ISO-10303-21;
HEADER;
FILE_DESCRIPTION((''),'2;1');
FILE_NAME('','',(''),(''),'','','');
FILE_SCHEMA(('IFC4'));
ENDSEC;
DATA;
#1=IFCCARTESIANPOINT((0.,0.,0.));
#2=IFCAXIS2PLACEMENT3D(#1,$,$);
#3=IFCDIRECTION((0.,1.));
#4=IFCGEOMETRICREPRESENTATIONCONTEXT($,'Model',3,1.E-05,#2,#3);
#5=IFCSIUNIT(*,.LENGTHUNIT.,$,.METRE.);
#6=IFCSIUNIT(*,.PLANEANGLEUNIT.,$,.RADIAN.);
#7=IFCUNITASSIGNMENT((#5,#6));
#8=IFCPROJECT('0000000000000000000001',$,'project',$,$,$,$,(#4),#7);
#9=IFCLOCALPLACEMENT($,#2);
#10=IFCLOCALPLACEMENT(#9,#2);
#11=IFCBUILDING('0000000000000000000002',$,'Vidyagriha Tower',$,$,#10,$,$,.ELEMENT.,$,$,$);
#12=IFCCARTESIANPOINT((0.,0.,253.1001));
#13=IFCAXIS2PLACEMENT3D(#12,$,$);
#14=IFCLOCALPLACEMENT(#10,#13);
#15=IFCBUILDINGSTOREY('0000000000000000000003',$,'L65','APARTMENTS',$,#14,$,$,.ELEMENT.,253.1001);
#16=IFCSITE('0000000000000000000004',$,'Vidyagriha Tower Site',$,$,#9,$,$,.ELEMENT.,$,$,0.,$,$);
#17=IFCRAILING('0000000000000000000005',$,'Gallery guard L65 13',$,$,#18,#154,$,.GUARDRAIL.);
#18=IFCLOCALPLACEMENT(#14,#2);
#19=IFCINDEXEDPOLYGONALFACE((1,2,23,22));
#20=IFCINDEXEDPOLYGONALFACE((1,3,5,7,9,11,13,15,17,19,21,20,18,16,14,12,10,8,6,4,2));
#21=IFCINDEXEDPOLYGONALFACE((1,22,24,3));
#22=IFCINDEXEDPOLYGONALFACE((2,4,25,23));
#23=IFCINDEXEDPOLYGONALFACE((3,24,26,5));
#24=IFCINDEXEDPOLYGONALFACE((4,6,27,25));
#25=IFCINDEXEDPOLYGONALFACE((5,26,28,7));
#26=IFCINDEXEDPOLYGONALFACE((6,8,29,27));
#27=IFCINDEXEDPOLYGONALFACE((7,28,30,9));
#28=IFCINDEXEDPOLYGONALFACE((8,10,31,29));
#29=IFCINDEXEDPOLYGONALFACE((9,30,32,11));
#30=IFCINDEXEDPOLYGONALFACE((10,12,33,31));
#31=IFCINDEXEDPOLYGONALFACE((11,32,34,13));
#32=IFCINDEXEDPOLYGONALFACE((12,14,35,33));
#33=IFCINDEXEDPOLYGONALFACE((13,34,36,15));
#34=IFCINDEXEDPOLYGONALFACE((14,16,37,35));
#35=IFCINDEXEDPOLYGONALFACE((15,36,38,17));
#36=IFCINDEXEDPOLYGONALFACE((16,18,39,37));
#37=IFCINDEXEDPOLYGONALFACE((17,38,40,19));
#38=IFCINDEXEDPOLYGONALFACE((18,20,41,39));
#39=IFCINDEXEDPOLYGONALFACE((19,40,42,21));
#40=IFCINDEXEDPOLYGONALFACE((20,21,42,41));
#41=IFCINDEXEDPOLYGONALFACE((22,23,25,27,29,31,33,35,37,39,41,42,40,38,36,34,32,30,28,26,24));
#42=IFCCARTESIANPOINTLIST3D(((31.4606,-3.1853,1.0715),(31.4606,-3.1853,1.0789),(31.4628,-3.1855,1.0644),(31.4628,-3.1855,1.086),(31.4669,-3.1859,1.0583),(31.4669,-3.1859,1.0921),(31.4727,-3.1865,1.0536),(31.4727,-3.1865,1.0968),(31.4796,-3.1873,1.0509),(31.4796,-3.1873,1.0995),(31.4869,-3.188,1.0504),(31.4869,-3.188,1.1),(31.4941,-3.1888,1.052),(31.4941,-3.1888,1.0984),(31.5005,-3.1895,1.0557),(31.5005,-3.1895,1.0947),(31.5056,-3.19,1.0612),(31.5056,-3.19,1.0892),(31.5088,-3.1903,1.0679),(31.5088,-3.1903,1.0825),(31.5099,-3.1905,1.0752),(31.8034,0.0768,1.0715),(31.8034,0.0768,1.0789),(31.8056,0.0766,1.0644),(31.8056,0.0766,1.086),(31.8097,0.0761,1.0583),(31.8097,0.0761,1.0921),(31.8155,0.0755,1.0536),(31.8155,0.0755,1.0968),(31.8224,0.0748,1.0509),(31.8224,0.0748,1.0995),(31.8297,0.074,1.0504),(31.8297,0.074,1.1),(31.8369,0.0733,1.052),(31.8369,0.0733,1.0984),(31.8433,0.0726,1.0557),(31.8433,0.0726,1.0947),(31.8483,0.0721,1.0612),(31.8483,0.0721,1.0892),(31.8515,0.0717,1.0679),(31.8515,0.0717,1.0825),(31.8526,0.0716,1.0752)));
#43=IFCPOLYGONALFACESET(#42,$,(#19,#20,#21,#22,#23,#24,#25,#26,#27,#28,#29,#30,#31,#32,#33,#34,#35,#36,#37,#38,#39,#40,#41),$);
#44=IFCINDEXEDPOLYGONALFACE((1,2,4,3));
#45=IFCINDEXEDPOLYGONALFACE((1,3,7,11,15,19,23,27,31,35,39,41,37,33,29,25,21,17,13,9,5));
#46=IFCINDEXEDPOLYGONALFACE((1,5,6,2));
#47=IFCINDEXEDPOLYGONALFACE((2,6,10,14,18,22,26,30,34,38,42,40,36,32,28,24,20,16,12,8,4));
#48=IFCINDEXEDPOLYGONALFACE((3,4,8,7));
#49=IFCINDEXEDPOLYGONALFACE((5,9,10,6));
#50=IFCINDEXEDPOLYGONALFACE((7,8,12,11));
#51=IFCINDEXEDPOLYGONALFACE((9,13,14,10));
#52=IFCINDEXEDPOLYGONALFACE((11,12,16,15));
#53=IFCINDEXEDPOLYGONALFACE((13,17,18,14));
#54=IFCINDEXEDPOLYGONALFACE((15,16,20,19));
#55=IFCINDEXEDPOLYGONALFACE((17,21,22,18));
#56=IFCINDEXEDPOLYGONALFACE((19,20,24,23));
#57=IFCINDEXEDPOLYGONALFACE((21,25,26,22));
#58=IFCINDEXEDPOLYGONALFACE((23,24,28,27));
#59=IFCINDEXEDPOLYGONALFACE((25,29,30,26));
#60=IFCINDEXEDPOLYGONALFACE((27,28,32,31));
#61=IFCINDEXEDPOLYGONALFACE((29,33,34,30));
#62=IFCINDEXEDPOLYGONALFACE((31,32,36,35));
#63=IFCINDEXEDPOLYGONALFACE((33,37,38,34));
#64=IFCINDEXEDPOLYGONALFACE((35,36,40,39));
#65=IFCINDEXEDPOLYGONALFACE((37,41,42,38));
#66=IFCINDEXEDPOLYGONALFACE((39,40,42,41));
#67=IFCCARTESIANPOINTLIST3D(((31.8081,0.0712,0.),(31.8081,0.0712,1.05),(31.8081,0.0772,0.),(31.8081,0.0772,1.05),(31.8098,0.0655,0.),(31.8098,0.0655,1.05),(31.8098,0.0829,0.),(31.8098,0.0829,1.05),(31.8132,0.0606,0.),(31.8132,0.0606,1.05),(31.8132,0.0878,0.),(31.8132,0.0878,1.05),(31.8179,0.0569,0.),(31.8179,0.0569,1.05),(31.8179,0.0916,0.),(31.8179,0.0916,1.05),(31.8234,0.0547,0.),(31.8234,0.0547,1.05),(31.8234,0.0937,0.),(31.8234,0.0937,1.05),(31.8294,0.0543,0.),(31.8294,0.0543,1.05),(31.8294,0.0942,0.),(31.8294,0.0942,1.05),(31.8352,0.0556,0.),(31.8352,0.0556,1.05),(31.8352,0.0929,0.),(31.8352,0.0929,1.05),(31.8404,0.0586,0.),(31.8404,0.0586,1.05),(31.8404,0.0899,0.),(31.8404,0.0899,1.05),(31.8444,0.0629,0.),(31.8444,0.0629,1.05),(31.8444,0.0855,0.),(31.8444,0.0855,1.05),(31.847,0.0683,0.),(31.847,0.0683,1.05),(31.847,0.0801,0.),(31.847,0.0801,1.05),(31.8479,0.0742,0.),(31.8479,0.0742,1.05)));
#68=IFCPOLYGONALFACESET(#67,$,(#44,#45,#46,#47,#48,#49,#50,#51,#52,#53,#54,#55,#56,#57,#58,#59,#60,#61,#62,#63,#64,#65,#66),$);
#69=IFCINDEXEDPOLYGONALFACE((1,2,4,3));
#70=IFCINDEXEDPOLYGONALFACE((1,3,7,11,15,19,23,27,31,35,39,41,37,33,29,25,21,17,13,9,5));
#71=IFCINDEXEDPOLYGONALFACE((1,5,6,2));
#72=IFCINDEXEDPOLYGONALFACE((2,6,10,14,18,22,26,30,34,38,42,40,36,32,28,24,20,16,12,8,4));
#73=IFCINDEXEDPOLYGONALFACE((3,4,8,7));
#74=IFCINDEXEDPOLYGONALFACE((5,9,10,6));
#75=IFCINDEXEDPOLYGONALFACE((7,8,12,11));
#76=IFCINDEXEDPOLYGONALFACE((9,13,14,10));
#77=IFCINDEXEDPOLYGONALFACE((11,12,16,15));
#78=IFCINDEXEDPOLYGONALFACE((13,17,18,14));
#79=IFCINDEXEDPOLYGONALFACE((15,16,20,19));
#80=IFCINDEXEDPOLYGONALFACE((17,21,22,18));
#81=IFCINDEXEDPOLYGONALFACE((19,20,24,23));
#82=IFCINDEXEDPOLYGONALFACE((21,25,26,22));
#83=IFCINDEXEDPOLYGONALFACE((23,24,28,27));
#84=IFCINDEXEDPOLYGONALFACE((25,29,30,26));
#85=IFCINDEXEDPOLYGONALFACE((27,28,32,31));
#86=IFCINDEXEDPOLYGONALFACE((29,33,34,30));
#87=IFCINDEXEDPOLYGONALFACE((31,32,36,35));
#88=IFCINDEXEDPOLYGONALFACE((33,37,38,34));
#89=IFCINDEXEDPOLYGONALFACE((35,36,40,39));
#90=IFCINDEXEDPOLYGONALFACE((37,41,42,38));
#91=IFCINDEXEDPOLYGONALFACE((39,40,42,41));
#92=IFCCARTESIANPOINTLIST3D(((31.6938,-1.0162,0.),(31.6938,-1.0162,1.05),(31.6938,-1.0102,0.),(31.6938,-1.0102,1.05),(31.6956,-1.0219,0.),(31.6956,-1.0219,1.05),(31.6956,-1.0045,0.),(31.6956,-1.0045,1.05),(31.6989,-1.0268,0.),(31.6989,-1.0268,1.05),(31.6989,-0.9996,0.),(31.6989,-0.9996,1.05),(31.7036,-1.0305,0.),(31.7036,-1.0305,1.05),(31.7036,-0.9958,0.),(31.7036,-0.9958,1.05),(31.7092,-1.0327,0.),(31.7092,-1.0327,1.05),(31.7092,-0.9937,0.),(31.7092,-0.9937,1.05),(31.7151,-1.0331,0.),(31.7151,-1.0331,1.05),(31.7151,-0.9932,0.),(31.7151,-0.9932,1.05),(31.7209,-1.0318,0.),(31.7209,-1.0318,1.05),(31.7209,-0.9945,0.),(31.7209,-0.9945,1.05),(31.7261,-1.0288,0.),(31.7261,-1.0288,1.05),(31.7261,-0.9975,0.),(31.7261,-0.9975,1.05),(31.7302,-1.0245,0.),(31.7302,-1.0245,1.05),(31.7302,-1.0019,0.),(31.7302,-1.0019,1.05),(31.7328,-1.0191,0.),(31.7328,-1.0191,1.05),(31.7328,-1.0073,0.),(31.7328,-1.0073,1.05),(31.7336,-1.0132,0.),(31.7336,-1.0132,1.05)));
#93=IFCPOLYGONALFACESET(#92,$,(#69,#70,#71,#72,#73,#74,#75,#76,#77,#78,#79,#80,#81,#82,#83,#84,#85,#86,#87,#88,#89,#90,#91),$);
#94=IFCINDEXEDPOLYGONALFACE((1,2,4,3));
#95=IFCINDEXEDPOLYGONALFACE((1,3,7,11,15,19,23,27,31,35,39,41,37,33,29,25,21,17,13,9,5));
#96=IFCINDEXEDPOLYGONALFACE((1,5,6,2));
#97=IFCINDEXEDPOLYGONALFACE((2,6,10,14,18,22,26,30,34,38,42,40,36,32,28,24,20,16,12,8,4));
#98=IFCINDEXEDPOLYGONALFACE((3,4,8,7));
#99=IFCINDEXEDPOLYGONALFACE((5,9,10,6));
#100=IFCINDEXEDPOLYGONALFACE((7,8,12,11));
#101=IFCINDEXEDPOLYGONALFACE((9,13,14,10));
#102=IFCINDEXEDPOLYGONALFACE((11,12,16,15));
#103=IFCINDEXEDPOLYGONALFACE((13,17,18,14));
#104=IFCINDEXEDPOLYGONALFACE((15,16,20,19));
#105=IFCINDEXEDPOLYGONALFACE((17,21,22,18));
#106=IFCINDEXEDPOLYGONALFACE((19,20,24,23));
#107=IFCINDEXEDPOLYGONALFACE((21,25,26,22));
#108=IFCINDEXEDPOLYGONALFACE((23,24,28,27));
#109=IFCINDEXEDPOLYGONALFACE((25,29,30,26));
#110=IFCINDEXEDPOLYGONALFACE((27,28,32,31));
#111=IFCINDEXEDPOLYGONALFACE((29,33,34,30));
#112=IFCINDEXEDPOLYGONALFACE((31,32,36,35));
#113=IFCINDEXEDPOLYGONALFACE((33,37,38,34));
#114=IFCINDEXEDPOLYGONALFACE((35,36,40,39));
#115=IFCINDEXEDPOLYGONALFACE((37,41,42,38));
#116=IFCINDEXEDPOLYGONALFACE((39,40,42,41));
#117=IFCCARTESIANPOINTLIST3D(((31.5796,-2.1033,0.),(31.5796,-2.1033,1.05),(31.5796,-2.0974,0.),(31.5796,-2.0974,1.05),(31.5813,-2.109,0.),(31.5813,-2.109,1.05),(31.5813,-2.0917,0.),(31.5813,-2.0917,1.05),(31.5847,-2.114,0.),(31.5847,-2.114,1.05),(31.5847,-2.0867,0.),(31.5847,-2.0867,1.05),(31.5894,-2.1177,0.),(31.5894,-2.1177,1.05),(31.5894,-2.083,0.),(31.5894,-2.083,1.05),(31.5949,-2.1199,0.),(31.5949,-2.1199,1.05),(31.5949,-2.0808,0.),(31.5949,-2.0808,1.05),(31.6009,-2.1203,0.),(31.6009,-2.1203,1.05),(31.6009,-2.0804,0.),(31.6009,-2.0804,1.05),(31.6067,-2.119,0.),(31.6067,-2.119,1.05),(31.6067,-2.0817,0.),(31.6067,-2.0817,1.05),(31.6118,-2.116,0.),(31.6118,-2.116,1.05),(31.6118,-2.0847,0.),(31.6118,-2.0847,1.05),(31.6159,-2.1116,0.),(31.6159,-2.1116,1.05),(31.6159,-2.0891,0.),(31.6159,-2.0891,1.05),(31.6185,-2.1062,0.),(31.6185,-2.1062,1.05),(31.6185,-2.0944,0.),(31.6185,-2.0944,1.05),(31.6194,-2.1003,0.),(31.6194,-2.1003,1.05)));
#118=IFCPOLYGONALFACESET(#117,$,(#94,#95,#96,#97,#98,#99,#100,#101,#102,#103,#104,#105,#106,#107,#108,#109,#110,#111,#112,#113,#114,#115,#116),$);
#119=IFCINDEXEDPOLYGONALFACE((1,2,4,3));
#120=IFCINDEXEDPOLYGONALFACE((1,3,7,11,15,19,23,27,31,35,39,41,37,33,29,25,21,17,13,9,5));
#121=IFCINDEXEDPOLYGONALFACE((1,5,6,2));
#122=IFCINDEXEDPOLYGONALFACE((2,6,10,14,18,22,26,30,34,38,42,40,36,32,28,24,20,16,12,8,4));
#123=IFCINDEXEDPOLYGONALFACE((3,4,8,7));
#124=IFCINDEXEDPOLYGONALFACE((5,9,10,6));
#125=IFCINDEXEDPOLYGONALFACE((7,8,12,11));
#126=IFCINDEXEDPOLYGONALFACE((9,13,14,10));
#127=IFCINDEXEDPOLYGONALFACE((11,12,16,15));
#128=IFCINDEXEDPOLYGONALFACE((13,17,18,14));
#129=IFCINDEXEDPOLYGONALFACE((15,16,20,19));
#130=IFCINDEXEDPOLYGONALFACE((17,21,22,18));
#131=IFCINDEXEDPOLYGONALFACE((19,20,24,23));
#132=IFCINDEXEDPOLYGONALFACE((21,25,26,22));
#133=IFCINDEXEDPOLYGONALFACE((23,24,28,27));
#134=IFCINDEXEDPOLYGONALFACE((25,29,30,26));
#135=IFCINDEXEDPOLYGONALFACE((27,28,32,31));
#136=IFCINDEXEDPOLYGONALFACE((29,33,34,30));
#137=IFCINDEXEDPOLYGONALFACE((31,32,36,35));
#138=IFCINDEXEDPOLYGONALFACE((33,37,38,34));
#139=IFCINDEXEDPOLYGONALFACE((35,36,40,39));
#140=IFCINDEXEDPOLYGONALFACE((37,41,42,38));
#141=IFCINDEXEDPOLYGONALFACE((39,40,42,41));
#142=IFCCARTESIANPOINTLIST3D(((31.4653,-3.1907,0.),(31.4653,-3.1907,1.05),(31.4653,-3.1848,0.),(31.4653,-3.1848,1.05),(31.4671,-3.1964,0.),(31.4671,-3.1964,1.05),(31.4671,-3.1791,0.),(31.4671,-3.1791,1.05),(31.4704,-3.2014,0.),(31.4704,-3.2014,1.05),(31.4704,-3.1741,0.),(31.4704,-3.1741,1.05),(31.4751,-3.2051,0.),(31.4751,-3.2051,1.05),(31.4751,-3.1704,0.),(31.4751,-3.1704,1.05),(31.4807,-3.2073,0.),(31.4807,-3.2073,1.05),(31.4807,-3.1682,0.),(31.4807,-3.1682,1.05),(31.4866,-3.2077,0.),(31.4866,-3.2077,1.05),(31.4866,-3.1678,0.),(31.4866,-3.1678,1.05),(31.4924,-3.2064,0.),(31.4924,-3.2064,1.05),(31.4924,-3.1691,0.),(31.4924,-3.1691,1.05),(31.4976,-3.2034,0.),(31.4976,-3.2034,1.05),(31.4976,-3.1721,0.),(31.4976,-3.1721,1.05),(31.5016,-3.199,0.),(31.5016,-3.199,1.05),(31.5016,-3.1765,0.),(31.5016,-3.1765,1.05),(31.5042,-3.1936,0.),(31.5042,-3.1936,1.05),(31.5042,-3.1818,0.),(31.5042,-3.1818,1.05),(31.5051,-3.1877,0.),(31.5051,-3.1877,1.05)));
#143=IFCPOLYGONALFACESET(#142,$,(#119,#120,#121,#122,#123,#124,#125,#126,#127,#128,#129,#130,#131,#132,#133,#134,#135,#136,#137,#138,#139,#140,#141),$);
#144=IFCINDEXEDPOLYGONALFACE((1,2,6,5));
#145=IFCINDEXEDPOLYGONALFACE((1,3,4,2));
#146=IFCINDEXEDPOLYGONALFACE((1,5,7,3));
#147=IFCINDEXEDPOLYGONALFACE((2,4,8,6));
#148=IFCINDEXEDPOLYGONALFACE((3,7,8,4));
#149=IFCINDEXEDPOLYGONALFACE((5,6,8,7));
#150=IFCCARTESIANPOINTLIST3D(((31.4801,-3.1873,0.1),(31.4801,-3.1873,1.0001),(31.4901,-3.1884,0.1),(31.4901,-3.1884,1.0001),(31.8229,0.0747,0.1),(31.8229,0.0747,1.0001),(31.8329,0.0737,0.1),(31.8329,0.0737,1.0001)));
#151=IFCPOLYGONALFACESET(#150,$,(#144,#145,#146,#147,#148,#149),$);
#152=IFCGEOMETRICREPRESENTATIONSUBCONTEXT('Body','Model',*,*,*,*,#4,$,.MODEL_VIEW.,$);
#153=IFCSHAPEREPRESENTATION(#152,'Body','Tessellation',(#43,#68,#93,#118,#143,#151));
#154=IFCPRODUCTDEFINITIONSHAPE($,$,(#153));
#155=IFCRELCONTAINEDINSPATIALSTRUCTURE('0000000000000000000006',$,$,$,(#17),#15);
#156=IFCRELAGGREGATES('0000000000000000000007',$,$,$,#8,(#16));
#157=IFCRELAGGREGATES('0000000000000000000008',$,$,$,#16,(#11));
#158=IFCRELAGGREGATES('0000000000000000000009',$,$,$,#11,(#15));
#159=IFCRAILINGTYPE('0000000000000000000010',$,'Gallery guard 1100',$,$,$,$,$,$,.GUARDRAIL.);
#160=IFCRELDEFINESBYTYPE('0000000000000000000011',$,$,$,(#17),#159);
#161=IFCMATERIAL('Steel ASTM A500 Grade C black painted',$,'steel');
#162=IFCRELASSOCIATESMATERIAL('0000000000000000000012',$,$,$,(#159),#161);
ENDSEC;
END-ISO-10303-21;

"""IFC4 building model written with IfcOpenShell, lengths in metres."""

from ifc_helpers import new_model, si_unit, direction, frame, origin, origin_2d, place, context, subcontext, project, spatial, rectangle, circle, extrude, material, type_object, element, save


model = new_model("IFC4")

# Units and contexts
model_context = context("Model", 3, precision=1e-05, world=origin(), true_north=direction((0.0, 1.0)))
body_context = subcontext(model_context, "Body", "Model", "MODEL_VIEW")
ifc_project = project(units=[si_unit("LENGTHUNIT", "METRE"), si_unit("PLANEANGLEUNIT", "RADIAN")], contexts=[model_context])

# Site, building, storey
site_placement = place(None, origin())
site = spatial("IfcSite", under=ifc_project, at=site_placement, Name="Vidyagriha Tower Site", CompositionType="ELEMENT", RefElevation=0.0)
building_placement = place(site_placement, origin())
building = spatial("IfcBuilding", under=site, at=building_placement, Name="Vidyagriha Tower", CompositionType="ELEMENT")
storey_placement = place(building_placement, frame((0.0, 0.0, 253.1001)))
storey = spatial("IfcBuildingStorey", under=building, at=storey_placement, Name="L65", Description="APARTMENTS", CompositionType="ELEMENT", Elevation=253.1001)

# Railing
ifc_material_1 = material(Name="Steel ASTM A500 Grade C black painted", Category="steel")
railing_type_1 = type_object("IfcRailingType", Name="Gallery guard 1100", PredefinedType="GUARDRAIL", material=ifc_material_1)
railing_1_placement = place(storey_placement, frame((31.8279, 0.0742, 0.0)))
element("IfcRailing", 1, at=railing_1_placement, inside=storey, type_object=railing_type_1, Name="Gallery guard L65 13", PredefinedType="GUARDRAIL", context=body_context, shape_type="SweptSolid", body=[
    extrude(circle(Radius=0.0249, at=origin_2d()), frame((0.0, 0.0, 1.0752), z_axis=(-0.104507, -0.994524, 0.0), x_axis=(0.994524, -0.104507, 0.0)), (0.0, 0.0, 1.0), 3.28),
    extrude(circle(Radius=0.02, at=origin_2d()), origin(), (0.0, 0.0, 1.0), 1.05),
    extrude(circle(Radius=0.02, at=origin_2d()), frame((-0.1143, -1.0874, 0.0)), (0.0, 0.0, 1.0), 1.05),
    extrude(circle(Radius=0.02, at=origin_2d()), frame((-0.2285, -2.1746, 0.0)), (0.0, 0.0, 1.0), 1.05),
    extrude(circle(Radius=0.02, at=origin_2d()), frame((-0.3428, -3.262, 0.0)), (0.0, 0.0, 1.0), 1.05),
    extrude(rectangle(XDim=0.01, YDim=0.9001, at=origin_2d()), frame((0.0, 0.0, 0.55), z_axis=(-0.104507, -0.994524, 0.0), x_axis=(0.994524, -0.104507, 0.0)), (0.0, 0.0, 1.0), 3.28),
])

save(model, "model.ifc")
